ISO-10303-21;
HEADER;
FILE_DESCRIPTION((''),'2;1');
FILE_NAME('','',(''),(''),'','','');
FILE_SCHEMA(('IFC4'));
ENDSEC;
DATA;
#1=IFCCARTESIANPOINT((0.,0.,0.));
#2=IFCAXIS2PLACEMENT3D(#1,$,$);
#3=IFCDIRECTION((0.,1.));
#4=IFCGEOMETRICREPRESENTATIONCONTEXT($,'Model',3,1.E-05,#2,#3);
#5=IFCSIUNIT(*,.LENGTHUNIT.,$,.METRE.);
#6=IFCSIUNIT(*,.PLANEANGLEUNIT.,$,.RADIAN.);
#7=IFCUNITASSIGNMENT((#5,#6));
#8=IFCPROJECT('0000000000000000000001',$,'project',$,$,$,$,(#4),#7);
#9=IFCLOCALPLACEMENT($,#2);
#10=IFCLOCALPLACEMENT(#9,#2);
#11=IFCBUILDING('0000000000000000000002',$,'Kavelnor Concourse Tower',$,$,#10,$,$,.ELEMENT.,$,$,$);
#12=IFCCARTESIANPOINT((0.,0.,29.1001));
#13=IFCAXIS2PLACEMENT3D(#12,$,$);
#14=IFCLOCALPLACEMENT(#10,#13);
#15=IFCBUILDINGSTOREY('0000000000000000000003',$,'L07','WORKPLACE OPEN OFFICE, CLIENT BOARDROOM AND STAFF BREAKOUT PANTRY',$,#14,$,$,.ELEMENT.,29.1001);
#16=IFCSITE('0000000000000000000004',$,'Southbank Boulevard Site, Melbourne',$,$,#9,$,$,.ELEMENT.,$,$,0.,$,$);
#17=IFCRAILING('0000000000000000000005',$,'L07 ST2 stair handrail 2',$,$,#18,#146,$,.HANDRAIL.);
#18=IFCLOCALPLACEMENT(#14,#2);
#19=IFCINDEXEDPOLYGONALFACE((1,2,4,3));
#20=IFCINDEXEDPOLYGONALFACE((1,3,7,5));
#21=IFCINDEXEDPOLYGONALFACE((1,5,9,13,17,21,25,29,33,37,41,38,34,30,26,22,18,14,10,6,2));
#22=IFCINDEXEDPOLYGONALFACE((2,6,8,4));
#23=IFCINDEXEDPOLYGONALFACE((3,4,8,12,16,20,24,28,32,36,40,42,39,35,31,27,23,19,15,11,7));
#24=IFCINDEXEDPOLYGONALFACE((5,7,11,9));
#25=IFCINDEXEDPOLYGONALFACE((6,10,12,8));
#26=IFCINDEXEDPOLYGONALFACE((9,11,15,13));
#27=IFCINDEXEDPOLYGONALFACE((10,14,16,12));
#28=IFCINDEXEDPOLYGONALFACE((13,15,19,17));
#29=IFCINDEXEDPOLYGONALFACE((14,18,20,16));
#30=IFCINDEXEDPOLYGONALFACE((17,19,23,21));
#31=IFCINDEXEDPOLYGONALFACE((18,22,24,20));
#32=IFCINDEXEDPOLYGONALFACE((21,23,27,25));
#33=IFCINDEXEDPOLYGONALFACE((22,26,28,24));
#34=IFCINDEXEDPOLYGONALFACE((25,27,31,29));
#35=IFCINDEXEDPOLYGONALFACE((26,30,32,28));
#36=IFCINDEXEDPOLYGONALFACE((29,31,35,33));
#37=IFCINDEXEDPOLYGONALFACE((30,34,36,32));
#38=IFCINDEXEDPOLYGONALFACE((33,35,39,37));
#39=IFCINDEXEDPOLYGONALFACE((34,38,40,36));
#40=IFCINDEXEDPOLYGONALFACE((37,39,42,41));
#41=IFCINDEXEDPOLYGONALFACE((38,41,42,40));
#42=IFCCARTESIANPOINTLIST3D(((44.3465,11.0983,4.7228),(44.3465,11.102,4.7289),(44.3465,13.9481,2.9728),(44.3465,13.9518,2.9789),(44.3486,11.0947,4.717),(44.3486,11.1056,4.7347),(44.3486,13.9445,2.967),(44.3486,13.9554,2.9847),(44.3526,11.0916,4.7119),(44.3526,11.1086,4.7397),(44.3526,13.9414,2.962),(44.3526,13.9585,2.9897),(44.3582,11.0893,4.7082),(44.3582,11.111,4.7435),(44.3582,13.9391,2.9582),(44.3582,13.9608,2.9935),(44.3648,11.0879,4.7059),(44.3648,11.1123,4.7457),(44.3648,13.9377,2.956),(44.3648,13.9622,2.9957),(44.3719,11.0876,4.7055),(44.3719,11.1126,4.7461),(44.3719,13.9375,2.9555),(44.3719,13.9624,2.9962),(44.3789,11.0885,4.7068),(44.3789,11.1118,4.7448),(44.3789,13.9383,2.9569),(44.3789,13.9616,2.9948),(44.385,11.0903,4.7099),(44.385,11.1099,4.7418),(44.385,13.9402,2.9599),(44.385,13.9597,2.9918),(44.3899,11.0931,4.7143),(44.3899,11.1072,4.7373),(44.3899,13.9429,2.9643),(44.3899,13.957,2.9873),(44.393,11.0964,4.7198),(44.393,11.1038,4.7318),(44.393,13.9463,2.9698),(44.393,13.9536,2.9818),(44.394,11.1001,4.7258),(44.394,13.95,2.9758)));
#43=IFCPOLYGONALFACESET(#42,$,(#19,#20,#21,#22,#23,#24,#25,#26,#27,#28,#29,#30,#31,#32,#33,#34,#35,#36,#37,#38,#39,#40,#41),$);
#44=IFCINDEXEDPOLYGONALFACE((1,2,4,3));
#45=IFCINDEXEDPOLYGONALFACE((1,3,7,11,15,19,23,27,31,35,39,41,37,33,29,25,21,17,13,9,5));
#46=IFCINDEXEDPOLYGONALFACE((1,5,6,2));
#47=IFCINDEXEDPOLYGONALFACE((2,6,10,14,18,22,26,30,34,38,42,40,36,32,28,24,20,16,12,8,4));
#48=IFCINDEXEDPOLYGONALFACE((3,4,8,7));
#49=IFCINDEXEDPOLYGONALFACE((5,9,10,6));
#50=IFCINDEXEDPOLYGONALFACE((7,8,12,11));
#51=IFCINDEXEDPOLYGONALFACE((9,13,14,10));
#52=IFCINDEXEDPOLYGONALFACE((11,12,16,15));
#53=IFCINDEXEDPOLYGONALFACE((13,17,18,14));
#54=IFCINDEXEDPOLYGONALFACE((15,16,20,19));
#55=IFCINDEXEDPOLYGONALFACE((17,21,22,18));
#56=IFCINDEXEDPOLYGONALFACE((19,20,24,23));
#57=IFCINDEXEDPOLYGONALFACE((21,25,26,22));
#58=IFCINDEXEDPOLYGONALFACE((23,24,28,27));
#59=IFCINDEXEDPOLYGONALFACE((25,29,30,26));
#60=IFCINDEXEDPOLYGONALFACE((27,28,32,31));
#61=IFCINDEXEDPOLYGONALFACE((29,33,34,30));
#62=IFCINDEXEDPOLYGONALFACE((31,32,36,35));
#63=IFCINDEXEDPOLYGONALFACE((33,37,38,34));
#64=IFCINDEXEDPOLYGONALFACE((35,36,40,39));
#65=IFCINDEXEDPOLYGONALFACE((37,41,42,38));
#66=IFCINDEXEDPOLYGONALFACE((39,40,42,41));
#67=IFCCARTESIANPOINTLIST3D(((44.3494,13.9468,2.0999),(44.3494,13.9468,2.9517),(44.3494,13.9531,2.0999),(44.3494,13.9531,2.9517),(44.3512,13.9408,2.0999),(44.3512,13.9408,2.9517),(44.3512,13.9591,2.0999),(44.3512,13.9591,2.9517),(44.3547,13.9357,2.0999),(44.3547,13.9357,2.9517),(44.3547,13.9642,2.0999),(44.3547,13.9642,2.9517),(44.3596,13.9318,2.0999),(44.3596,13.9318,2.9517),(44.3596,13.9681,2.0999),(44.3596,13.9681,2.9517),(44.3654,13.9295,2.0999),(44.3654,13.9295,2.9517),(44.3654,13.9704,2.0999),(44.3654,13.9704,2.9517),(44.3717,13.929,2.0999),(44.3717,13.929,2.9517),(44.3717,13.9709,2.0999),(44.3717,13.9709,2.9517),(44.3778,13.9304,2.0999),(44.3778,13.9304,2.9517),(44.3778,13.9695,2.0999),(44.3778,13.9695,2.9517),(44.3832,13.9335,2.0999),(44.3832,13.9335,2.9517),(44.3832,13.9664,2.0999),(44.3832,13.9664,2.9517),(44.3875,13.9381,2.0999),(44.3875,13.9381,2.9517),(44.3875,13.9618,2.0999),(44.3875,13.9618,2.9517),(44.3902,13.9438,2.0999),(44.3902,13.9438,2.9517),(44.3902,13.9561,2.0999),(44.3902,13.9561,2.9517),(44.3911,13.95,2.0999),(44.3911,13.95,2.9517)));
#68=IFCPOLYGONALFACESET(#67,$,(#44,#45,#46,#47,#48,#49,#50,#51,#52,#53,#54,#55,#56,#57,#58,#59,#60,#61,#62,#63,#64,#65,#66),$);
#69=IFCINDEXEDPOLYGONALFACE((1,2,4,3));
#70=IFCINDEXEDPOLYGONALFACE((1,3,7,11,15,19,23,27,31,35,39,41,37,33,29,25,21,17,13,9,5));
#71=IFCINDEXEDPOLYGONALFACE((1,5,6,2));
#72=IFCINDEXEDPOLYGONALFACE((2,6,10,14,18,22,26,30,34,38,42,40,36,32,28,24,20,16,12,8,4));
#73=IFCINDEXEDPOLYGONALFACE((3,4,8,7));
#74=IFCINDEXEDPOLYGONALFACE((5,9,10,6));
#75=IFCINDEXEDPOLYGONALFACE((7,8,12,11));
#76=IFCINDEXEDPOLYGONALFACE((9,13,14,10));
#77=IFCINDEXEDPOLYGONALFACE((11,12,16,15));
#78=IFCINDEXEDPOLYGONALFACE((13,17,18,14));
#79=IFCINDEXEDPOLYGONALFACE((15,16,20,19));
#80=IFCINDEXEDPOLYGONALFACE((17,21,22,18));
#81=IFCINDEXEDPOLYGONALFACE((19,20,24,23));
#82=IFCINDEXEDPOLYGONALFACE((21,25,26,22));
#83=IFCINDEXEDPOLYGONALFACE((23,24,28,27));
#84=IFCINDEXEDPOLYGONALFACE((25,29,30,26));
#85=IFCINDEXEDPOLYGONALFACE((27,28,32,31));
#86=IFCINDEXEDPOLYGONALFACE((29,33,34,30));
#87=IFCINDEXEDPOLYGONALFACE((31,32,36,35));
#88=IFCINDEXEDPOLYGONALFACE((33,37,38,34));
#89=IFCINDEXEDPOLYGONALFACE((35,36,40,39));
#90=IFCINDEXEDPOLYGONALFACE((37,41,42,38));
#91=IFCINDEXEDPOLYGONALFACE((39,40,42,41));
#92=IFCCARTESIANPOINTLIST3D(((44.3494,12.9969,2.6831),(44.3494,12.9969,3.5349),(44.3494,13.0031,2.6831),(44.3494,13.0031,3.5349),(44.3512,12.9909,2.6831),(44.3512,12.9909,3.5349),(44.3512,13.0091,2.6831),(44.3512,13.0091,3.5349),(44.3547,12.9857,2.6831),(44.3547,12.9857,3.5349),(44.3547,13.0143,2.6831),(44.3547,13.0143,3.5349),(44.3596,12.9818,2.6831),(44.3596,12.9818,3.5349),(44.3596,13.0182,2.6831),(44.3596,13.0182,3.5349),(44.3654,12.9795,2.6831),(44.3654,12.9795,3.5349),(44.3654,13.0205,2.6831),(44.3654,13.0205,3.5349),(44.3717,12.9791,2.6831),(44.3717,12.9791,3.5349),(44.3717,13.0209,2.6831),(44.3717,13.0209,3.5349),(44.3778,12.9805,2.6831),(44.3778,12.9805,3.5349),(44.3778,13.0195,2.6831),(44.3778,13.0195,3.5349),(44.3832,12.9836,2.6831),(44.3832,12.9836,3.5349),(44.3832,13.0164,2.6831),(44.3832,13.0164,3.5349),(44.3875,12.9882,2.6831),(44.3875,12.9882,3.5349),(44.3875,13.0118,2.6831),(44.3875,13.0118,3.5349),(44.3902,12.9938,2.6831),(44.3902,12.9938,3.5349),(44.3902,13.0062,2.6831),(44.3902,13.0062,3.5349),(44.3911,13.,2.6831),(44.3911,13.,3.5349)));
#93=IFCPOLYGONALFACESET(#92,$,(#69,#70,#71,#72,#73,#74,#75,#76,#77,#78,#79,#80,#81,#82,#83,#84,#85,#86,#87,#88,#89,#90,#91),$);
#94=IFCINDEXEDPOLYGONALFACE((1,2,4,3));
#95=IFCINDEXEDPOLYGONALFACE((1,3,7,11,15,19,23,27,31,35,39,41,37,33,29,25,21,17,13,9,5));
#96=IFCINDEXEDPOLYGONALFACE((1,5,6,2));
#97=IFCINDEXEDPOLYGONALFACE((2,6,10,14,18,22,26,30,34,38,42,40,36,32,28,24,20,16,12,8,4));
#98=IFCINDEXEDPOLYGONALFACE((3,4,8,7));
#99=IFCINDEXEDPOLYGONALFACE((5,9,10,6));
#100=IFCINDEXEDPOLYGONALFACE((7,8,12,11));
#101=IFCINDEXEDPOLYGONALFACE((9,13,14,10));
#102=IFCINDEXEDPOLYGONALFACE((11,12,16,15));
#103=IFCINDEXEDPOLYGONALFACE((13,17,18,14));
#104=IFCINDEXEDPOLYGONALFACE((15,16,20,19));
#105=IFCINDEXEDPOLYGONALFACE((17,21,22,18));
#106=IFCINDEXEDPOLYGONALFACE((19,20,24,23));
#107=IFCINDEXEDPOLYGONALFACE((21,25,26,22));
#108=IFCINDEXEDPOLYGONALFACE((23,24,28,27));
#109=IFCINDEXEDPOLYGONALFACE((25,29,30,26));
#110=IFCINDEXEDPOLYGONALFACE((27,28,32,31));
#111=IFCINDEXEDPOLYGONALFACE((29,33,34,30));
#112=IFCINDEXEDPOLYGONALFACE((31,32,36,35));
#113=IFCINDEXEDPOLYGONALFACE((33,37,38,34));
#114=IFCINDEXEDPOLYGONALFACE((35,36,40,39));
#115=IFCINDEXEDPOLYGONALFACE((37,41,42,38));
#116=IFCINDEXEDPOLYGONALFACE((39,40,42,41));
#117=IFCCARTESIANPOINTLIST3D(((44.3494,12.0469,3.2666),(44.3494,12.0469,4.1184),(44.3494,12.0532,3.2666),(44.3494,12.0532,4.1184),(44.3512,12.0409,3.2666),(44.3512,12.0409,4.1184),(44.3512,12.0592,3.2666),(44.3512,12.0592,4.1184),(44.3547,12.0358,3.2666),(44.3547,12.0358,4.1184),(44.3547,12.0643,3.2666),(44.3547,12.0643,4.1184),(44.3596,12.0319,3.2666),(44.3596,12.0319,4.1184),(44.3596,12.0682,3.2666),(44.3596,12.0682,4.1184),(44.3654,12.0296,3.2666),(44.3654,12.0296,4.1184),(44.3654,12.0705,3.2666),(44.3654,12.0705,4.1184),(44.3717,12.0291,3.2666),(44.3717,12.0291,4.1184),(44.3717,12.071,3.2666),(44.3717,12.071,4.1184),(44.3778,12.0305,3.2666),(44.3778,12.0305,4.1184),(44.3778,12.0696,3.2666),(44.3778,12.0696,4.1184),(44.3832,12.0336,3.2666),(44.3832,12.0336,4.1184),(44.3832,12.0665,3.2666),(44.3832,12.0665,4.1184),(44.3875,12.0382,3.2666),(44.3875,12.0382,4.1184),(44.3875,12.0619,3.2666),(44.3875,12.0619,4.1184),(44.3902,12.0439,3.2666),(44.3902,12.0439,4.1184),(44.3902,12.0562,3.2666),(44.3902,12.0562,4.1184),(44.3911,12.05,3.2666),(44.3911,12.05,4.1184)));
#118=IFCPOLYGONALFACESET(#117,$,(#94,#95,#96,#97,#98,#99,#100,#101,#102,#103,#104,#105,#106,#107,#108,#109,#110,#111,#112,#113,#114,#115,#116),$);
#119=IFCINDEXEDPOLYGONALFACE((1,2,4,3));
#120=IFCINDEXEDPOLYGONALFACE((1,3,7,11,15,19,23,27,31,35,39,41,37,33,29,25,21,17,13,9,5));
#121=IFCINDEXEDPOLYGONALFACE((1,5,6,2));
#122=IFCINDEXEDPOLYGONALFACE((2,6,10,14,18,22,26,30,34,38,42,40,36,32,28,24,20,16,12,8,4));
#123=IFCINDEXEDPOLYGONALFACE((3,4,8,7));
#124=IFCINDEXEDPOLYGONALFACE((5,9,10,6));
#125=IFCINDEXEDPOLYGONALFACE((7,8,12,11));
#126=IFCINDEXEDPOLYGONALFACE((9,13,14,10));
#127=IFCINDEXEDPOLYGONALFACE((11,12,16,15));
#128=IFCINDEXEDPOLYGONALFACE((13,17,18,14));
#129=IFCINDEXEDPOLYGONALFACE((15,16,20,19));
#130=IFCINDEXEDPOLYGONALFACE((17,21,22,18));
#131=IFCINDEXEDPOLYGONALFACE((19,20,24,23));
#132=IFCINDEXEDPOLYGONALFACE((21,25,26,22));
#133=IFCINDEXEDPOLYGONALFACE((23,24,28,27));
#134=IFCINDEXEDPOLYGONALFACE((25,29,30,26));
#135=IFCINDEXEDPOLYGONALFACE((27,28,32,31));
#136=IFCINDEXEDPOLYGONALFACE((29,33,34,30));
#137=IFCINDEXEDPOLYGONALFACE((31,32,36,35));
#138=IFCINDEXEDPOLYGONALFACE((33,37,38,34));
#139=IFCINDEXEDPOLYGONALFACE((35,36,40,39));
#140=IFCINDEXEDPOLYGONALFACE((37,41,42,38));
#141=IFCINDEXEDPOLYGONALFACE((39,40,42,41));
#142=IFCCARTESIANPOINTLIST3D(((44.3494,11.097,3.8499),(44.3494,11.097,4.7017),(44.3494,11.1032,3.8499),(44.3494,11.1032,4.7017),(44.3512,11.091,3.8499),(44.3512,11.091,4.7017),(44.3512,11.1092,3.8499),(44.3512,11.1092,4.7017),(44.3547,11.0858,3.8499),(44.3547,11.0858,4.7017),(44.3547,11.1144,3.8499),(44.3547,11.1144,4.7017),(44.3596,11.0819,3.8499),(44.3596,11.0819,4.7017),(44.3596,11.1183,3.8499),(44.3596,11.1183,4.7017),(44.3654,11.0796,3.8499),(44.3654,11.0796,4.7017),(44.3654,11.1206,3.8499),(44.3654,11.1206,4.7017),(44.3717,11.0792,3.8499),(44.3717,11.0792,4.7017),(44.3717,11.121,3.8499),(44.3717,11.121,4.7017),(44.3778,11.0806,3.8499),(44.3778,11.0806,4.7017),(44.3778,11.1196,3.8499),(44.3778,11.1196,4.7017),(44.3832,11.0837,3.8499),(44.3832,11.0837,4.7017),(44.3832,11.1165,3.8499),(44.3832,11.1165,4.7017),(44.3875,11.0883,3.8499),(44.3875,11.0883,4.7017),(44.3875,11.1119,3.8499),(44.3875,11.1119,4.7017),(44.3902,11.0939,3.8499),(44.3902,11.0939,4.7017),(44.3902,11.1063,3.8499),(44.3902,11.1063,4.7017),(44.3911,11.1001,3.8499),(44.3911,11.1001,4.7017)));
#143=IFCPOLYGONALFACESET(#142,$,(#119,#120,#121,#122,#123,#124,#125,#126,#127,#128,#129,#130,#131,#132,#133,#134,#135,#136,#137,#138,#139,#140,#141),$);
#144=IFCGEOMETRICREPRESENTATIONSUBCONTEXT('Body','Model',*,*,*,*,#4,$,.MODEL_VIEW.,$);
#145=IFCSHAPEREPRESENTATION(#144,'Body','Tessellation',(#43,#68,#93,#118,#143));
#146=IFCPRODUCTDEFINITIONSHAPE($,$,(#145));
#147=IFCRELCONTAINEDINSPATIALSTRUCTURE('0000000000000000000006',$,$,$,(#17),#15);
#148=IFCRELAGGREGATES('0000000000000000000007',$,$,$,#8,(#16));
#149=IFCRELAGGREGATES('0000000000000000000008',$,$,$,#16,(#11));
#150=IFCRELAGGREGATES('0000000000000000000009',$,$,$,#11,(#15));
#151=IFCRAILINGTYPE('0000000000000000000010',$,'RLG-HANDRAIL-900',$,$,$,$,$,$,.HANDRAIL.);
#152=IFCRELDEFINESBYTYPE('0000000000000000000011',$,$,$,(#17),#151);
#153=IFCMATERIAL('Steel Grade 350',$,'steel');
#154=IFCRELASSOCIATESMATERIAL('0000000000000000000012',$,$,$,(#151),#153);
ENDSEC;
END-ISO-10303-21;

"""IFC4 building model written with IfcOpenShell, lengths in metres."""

from ifc_helpers import new_model, si_unit, direction, frame, origin, origin_2d, place, context, subcontext, project, spatial, circle, extrude, material, type_object, element, save


model = new_model("IFC4")

# Units and contexts
model_context = context("Model", 3, precision=1e-05, world=origin(), true_north=direction((0.0, 1.0)))
body_context = subcontext(model_context, "Body", "Model", "MODEL_VIEW")
ifc_project = project(units=[si_unit("LENGTHUNIT", "METRE"), si_unit("PLANEANGLEUNIT", "RADIAN")], contexts=[model_context])

# Site, building, storey
site_placement = place(None, origin())
site = spatial("IfcSite", under=ifc_project, at=site_placement, Name="Southbank Boulevard Site, Melbourne", CompositionType="ELEMENT", RefElevation=0.0)
building_placement = place(site_placement, origin())
building = spatial("IfcBuilding", under=site, at=building_placement, Name="Kavelnor Concourse Tower", CompositionType="ELEMENT")
storey_placement = place(building_placement, frame((0.0, 0.0, 29.1001)))
storey = spatial("IfcBuildingStorey", under=building, at=storey_placement, Name="L07", Description="WORKPLACE OPEN OFFICE, CLIENT BOARDROOM AND STAFF BREAKOUT PANTRY", CompositionType="ELEMENT", Elevation=29.1001)

# Shared definitions
ifc_material_1 = material(Name="Steel Grade 350", Category="steel")

# Railing
railing_type = type_object("IfcRailingType", Name="RLG-HANDRAIL-900", PredefinedType="HANDRAIL", material=ifc_material_1)
railing_1_placement = place(storey_placement, frame((44.3701, 13.95, 2.0999)))
element("IfcRailing", 1, at=railing_1_placement, inside=storey, type_object=railing_type, Name="L07 ST2 stair handrail 2", PredefinedType="HANDRAIL", context=body_context, shape_type="SweptSolid", body=[
    extrude(circle(Radius=0.0239, at=origin_2d()), frame((0.0, 0.0, 0.876), z_axis=(0.0, -0.852159, 0.523283), x_axis=(1.0, 0.0, 0.0)), (0.0, 0.0, 1.0), 3.3442),
    extrude(circle(Radius=0.021, at=origin_2d()), origin(), (0.0, 0.0, 1.0), 0.8518),
    extrude(circle(Radius=0.021, at=origin_2d()), frame((0.0, -0.95, 0.5833)), (0.0, 0.0, 1.0), 0.8518),
    extrude(circle(Radius=0.021, at=origin_2d()), frame((0.0, -1.8999, 1.1667)), (0.0, 0.0, 1.0), 0.8518),
    extrude(circle(Radius=0.021, at=origin_2d()), frame((0.0, -2.8499, 1.75)), (0.0, 0.0, 1.0), 0.8518),
])

save(model, "model.ifc")
